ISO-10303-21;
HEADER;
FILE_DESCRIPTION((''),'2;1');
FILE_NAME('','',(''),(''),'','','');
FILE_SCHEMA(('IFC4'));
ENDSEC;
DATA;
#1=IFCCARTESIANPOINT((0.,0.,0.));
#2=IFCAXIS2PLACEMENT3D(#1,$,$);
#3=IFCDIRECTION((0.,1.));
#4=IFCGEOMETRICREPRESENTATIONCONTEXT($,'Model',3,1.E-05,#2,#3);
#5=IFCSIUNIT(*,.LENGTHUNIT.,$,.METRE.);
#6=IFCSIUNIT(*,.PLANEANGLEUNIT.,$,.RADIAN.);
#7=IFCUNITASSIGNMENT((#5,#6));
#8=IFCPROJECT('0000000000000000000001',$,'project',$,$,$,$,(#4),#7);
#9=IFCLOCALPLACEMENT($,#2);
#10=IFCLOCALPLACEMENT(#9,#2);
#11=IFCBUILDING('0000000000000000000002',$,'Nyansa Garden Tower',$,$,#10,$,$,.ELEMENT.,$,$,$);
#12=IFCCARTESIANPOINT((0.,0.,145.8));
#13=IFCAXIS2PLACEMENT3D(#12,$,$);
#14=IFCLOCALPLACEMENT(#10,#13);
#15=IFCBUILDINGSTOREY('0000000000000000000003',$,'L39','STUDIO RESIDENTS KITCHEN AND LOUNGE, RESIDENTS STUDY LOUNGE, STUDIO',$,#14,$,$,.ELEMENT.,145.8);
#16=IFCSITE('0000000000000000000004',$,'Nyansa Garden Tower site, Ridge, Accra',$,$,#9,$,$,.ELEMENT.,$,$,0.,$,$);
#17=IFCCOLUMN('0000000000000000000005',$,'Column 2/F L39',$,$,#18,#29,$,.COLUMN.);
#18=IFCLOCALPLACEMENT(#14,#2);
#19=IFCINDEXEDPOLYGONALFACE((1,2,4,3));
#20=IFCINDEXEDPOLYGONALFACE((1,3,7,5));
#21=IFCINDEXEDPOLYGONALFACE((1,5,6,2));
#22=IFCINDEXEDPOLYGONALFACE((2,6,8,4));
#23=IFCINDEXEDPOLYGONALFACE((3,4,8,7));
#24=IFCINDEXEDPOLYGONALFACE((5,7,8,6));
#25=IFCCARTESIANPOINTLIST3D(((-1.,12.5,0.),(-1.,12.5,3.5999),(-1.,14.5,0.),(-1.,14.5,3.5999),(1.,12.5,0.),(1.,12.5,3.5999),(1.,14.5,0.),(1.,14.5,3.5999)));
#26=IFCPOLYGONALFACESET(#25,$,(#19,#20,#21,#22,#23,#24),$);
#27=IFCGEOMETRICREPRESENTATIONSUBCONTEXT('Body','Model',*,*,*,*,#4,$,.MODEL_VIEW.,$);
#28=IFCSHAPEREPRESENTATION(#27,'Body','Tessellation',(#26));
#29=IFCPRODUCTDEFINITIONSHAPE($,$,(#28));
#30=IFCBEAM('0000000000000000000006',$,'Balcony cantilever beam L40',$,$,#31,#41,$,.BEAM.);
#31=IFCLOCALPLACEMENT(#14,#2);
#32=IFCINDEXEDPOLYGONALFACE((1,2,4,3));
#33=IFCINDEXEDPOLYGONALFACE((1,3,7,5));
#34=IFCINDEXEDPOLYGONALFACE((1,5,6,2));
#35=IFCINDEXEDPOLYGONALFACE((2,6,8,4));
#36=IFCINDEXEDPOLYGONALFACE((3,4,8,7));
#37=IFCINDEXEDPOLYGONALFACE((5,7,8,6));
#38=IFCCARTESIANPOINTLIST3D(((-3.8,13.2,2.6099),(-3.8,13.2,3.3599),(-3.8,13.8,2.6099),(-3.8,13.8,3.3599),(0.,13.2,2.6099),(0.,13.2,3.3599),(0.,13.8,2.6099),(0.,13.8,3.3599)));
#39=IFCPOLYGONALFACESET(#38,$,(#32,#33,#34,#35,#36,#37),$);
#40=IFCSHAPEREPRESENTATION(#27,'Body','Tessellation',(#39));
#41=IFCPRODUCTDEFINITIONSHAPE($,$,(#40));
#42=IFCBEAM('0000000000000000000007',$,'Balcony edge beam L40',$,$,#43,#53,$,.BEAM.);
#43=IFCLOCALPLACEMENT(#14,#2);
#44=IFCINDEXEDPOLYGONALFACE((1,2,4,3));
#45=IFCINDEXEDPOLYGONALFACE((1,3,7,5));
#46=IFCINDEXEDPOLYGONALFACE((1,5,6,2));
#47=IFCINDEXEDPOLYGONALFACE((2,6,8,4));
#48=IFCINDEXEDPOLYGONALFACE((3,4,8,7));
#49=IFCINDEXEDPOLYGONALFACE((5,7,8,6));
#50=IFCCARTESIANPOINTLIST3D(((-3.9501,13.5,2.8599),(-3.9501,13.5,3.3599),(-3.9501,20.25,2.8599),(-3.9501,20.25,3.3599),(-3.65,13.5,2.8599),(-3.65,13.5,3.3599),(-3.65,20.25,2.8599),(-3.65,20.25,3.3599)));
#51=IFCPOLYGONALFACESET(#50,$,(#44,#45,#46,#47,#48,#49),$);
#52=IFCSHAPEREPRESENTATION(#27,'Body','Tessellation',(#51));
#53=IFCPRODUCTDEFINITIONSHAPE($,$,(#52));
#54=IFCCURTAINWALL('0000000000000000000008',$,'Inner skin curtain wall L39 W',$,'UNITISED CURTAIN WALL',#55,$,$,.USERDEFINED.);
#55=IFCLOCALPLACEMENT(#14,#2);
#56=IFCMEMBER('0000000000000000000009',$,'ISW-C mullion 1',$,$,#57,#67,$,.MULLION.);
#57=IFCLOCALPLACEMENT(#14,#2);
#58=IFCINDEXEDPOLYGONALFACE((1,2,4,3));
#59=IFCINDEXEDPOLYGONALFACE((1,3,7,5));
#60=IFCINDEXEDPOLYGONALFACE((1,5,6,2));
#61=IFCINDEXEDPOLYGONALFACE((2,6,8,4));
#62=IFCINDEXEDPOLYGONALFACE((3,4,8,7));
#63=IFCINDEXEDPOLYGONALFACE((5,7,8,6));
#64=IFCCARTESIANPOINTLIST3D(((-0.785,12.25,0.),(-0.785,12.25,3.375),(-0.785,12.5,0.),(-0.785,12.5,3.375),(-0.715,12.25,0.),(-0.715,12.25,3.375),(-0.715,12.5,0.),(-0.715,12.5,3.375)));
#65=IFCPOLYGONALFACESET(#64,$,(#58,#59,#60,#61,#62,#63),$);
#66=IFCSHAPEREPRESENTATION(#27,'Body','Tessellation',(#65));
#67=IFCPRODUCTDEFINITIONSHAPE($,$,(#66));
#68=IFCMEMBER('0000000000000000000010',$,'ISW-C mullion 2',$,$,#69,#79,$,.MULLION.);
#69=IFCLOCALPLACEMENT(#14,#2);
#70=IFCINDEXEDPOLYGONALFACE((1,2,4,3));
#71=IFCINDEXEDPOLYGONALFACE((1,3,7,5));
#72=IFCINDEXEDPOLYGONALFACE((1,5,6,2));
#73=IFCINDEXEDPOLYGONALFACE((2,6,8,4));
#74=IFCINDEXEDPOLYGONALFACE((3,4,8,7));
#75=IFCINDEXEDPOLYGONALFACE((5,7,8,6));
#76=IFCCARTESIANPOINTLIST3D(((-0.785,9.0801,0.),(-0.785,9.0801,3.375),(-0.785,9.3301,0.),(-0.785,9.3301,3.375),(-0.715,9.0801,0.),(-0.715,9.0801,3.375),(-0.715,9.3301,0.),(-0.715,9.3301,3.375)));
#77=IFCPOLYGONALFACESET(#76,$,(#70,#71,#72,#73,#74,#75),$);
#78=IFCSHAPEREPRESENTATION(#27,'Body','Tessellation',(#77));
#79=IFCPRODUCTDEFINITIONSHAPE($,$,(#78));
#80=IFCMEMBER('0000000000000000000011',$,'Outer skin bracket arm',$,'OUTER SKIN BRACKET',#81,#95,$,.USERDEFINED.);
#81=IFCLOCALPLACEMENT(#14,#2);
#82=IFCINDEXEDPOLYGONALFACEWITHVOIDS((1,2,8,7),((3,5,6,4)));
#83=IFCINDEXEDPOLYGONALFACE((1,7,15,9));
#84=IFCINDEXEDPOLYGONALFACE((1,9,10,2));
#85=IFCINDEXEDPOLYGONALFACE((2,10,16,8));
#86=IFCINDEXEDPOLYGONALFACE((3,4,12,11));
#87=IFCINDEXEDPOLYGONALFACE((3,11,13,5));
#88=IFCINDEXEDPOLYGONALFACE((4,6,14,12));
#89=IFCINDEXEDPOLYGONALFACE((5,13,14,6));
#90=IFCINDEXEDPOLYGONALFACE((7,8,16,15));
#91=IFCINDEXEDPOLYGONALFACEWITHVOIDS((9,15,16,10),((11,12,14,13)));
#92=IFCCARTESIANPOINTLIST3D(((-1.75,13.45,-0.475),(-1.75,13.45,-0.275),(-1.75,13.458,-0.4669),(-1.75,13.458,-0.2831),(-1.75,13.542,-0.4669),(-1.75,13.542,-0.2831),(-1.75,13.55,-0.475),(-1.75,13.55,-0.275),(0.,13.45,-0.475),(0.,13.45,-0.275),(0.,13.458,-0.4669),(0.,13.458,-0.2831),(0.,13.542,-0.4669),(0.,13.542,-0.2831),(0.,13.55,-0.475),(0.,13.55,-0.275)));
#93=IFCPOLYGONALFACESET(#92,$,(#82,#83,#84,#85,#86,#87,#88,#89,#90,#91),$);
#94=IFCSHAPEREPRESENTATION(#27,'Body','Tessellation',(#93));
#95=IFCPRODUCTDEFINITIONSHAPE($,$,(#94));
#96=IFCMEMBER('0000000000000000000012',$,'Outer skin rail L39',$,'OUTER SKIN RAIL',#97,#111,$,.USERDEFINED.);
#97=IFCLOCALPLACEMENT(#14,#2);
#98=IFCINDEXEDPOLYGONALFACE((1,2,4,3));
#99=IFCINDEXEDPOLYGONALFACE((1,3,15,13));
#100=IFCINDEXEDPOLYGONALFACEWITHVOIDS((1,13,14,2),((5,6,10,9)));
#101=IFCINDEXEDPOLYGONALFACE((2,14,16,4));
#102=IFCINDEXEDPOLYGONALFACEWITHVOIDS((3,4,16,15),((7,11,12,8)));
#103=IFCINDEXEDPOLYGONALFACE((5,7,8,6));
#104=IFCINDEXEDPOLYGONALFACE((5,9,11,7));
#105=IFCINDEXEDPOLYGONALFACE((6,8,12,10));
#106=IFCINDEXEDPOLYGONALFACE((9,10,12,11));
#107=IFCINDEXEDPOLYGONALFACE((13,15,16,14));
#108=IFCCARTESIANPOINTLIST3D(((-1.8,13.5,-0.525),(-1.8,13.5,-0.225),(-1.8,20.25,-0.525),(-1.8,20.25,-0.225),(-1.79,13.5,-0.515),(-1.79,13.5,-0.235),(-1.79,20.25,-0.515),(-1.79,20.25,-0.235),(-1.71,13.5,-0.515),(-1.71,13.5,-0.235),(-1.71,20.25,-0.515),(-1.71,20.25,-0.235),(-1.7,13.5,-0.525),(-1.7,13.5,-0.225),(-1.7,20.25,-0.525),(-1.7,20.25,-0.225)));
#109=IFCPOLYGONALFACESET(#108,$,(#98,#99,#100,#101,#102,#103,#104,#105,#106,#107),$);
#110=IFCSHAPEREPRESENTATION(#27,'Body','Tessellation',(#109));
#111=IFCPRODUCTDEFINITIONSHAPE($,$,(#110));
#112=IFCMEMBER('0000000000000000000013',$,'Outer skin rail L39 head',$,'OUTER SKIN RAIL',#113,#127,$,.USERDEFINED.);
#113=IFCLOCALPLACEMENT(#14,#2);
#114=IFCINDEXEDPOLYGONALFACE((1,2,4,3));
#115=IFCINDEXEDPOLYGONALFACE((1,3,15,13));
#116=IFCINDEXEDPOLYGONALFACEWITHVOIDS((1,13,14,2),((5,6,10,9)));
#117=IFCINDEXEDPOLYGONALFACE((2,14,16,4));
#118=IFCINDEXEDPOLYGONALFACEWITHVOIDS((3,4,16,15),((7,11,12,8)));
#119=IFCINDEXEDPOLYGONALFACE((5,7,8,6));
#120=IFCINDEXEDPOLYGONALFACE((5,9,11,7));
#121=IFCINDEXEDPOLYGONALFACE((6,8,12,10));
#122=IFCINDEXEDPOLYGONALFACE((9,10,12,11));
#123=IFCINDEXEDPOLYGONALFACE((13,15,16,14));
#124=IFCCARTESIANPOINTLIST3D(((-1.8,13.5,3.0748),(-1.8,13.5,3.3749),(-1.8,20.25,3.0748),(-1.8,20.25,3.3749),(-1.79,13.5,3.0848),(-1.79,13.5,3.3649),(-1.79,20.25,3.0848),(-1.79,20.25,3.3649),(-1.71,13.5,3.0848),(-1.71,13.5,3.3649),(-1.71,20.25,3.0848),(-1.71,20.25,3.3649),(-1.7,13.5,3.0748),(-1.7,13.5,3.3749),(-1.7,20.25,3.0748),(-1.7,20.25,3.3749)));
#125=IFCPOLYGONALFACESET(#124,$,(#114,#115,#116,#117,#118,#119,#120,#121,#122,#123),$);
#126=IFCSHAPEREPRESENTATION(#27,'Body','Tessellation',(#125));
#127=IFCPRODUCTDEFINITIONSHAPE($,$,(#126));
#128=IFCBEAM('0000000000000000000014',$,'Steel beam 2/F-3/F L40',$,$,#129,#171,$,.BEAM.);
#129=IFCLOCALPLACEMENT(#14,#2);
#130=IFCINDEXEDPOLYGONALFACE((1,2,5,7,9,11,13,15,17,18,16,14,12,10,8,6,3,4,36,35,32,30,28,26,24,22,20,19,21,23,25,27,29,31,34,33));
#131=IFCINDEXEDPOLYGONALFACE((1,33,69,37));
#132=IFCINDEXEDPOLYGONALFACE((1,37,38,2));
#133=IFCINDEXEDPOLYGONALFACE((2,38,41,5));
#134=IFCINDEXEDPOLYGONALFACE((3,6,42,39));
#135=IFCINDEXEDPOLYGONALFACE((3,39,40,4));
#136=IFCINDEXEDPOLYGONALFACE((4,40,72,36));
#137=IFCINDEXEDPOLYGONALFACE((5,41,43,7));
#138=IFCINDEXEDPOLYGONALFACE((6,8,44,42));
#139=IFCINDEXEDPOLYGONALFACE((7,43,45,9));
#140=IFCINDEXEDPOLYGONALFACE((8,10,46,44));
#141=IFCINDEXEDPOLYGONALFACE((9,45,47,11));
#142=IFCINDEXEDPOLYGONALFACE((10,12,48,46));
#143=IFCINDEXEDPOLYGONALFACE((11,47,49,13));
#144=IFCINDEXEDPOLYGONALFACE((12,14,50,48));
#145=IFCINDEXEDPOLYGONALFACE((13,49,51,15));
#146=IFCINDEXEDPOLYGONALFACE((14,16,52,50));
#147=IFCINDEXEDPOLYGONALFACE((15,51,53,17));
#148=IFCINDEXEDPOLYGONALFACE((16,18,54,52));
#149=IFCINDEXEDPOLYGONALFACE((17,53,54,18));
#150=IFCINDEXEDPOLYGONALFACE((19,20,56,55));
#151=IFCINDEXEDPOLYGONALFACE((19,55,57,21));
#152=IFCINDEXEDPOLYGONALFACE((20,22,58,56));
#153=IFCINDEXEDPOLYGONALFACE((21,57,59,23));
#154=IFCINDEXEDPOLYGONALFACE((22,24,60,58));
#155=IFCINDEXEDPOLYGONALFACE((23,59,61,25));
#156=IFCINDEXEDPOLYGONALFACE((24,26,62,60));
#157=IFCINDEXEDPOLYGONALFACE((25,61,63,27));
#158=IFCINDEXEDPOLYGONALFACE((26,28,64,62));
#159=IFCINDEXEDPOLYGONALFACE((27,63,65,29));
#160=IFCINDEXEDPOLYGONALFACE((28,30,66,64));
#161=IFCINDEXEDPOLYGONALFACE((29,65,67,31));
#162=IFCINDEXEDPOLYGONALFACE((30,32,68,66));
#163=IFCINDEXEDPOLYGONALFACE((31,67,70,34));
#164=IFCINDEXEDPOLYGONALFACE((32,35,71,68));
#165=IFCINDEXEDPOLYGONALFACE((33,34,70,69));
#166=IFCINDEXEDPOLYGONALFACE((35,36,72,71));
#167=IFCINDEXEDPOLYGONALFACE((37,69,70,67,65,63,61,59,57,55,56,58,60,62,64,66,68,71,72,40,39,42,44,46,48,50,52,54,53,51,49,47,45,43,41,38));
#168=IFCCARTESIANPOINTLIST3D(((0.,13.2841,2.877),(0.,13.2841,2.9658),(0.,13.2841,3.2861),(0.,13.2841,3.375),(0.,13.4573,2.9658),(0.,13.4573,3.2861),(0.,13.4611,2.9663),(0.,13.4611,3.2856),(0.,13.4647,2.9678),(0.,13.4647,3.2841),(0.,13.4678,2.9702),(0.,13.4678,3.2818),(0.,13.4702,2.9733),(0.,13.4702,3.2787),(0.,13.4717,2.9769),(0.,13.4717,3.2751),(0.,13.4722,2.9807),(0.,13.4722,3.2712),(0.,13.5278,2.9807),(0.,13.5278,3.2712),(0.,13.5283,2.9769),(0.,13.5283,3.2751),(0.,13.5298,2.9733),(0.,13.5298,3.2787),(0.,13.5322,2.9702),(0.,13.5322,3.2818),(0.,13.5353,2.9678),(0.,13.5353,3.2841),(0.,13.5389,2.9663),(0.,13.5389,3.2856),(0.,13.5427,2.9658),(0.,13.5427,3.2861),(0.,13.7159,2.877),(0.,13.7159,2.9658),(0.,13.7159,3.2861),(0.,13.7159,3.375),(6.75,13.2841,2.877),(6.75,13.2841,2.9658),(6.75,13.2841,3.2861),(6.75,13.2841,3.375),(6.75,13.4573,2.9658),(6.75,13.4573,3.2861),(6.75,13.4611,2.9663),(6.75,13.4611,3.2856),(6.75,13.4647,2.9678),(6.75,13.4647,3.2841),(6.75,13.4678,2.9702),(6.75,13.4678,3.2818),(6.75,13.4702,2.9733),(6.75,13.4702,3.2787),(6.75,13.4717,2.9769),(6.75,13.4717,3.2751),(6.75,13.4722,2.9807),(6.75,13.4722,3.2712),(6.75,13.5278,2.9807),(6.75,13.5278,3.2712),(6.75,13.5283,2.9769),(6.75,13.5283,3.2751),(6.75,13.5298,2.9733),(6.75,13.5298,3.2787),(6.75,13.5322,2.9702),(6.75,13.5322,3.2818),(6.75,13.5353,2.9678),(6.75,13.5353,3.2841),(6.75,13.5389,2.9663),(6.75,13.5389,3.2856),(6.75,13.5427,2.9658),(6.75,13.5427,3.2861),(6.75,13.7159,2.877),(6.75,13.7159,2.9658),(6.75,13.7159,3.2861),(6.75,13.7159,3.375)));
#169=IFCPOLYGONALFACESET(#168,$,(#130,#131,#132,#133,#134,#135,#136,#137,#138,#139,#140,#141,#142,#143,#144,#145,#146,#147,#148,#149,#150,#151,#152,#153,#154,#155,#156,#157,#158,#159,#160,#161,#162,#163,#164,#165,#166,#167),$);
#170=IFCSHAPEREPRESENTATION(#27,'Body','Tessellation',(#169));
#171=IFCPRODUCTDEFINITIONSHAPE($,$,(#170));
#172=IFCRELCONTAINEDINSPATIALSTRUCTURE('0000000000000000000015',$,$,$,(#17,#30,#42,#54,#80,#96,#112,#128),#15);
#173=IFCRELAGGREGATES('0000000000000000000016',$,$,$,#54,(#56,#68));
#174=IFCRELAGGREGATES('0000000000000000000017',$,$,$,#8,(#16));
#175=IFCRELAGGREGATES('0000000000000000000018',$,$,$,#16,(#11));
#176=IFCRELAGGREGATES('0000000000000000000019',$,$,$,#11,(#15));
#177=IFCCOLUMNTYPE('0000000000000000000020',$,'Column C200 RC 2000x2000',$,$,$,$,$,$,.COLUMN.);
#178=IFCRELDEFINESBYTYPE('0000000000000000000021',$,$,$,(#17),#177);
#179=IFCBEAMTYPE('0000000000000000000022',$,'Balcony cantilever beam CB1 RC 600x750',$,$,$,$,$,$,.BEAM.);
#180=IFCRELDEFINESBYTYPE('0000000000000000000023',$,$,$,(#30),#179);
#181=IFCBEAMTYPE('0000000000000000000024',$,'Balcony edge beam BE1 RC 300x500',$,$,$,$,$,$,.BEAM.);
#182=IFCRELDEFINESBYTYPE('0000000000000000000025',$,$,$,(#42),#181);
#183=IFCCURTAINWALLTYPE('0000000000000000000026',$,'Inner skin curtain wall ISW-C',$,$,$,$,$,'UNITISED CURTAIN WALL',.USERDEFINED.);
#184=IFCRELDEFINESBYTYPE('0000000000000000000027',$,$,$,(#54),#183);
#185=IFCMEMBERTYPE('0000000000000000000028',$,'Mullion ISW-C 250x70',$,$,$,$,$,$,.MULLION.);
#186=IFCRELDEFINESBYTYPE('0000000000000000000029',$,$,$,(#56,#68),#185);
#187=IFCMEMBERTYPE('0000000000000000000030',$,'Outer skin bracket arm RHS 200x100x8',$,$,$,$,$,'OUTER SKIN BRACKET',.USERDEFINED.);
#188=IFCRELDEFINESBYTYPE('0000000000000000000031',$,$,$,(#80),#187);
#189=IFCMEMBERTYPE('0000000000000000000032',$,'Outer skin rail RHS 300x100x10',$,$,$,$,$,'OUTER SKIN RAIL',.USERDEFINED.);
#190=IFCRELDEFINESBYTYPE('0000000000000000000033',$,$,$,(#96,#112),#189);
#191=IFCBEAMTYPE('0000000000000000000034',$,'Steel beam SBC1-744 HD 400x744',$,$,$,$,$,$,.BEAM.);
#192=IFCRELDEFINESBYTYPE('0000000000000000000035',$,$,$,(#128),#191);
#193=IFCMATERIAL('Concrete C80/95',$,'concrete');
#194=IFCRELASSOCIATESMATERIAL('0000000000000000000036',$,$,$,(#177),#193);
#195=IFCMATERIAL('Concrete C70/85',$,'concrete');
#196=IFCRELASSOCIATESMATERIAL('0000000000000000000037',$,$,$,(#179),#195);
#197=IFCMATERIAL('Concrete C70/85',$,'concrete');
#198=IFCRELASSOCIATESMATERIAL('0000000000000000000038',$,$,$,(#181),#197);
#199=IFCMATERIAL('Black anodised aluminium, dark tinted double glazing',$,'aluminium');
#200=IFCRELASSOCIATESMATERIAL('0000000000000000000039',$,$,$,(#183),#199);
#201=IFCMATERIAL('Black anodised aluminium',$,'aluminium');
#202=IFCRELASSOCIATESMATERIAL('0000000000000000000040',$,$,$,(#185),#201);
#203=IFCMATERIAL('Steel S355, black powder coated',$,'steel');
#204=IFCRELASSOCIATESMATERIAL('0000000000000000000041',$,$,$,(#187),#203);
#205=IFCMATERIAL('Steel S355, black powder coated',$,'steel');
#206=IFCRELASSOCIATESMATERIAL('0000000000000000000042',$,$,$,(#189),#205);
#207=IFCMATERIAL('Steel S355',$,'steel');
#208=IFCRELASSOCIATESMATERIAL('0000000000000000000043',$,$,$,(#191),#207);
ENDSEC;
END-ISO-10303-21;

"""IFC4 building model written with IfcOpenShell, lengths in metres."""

from ifc_helpers import new_model, si_unit, direction, frame, origin, origin_2d, place, context, subcontext, project, spatial, rectangle, hollow_rectangle, i_section, extrude, material, material_profile, profile_set, type_object, element, aggregate, save


model = new_model("IFC4")

# Units and contexts
model_context = context("Model", 3, precision=1e-05, world=origin(), true_north=direction((0.0, 1.0)))
body_context = subcontext(model_context, "Body", "Model", "MODEL_VIEW")
ifc_project = project(units=[si_unit("LENGTHUNIT", "METRE"), si_unit("PLANEANGLEUNIT", "RADIAN")], contexts=[model_context])

# Site, building, storey
site_placement = place(None, origin())
site = spatial("IfcSite", under=ifc_project, at=site_placement, Name="Nyansa Garden Tower site, Ridge, Accra", CompositionType="ELEMENT", RefElevation=0.0)
building_placement = place(site_placement, origin())
building = spatial("IfcBuilding", under=site, at=building_placement, Name="Nyansa Garden Tower", CompositionType="ELEMENT")
storey_placement = place(building_placement, frame((0.0, 0.0, 145.8)))
storey = spatial("IfcBuildingStorey", under=building, at=storey_placement, Name="L39", Description="STUDIO RESIDENTS KITCHEN AND LOUNGE, RESIDENTS STUDY LOUNGE, STUDIO", CompositionType="ELEMENT", Elevation=145.8)

# Column
ifc_material_1 = material(Name="Concrete C80/95", Category="concrete")
ifc_material_profile_1 = material_profile(ifc_material_1, rectangle(XDim=2.0, YDim=2.0, at=origin_2d()), Name="RC 2000x2000")
ifc_profile_set_1 = profile_set([ifc_material_profile_1], Name="Concrete C80/95")
column_type = type_object("IfcColumnType", Name="Column C200 RC 2000x2000", PredefinedType="COLUMN", material=ifc_profile_set_1)
column_placement = place(storey_placement, frame((0.0, 13.5, 0.0), z_axis=(0.0, 0.0, 1.0), x_axis=(1.0, 0.0, 0.0)))
element("IfcColumn", 1, at=column_placement, inside=storey, type_object=column_type, Name="Column 2/F L39", PredefinedType="COLUMN", context=body_context, shape_type="SweptSolid", body=[
    extrude(rectangle(XDim=2.0, YDim=2.0, at=origin_2d()), origin(), (0.0, 0.0, 1.0), 3.5999),
])

# Beams
ifc_material_2 = material(Name="Concrete C70/85", Category="concrete")
ifc_material_profile_2 = material_profile(ifc_material_2, rectangle(XDim=0.6001, YDim=0.75, at=origin_2d()), Name="RC 600x750")
ifc_profile_set_2 = profile_set([ifc_material_profile_2], Name="Concrete C70/85")
beam_type_1 = type_object("IfcBeamType", Name="Balcony cantilever beam CB1 RC 600x750", PredefinedType="BEAM", material=ifc_profile_set_2)
beam_1_placement = place(storey_placement, frame((0.0, 13.5, 2.9849), z_axis=(-1.0, 0.0, 0.0), x_axis=(0.0, -1.0, 0.0)))
element("IfcBeam", 2, at=beam_1_placement, inside=storey, type_object=beam_type_1, Name="Balcony cantilever beam L40", PredefinedType="BEAM", context=body_context, shape_type="SweptSolid", body=[
    extrude(rectangle(XDim=0.6001, YDim=0.75, at=origin_2d()), origin(), (0.0, 0.0, 1.0), 3.8),
])
ifc_material_3 = material(Name="Concrete C70/85", Category="concrete")
ifc_material_profile_3 = material_profile(ifc_material_3, rectangle(XDim=0.3, YDim=0.5, at=origin_2d()), Name="RC 300x500")
ifc_profile_set_3 = profile_set([ifc_material_profile_3], Name="Concrete C70/85")
beam_type_2 = type_object("IfcBeamType", Name="Balcony edge beam BE1 RC 300x500", PredefinedType="BEAM", material=ifc_profile_set_3)
beam_2_placement = place(storey_placement, frame((-3.8, 13.5, 3.1099), z_axis=(0.0, 1.0, 0.0), x_axis=(-1.0, 0.0, 0.0)))
element("IfcBeam", 3, at=beam_2_placement, inside=storey, type_object=beam_type_2, Name="Balcony edge beam L40", PredefinedType="BEAM", context=body_context, shape_type="SweptSolid", body=[
    extrude(rectangle(XDim=0.3, YDim=0.5, at=origin_2d()), origin(), (0.0, 0.0, 1.0), 6.75),
])

# Curtain wall, members
ifc_material_4 = material(Name="Black anodised aluminium, dark tinted double glazing", Category="aluminium")
curtain_wall_type = type_object("IfcCurtainWallType", Name="Inner skin curtain wall ISW-C", ElementType="UNITISED CURTAIN WALL", PredefinedType="USERDEFINED", material=ifc_material_4)
curtain_wall_placement = place(storey_placement, origin())
curtain_wall = element("IfcCurtainWall", 4, at=curtain_wall_placement, inside=storey, type_object=curtain_wall_type, Name="Inner skin curtain wall L39 W", ObjectType="UNITISED CURTAIN WALL", PredefinedType="USERDEFINED")
ifc_material_5 = material(Name="Black anodised aluminium", Category="aluminium")
ifc_material_profile_4 = material_profile(ifc_material_5, rectangle(XDim=0.0701, YDim=0.25, at=origin_2d()), Name="Mullion 250x70")
ifc_profile_set_4 = profile_set([ifc_material_profile_4], Name="Black anodised aluminium")
member_type_1 = type_object("IfcMemberType", Name="Mullion ISW-C 250x70", PredefinedType="MULLION", material=ifc_profile_set_4)
member_1_placement = place(storey_placement, frame((-0.75, 12.375, 0.0), z_axis=(0.0, 0.0, 1.0), x_axis=(1.0, 0.0, 0.0)))
member_1 = element("IfcMember", 5, at=member_1_placement, type_object=member_type_1, Name="ISW-C mullion 1", PredefinedType="MULLION", context=body_context, shape_type="SweptSolid", body=[
    extrude(rectangle(XDim=0.0701, YDim=0.25, at=origin_2d()), origin(), (0.0, 0.0, 1.0), 3.375),
])
member_2_placement = place(storey_placement, frame((-0.75, 9.2051, 0.0), z_axis=(0.0, 0.0, 1.0), x_axis=(1.0, 0.0, 0.0)))
member_2 = element("IfcMember", 6, at=member_2_placement, type_object=member_type_1, Name="ISW-C mullion 2", PredefinedType="MULLION", context=body_context, shape_type="SweptSolid", body=[
    extrude(rectangle(XDim=0.0701, YDim=0.25, at=origin_2d()), origin(), (0.0, 0.0, 1.0), 3.375),
])

# Members
ifc_material_6 = material(Name="Steel S355, black powder coated", Category="steel")
ifc_material_profile_5 = material_profile(ifc_material_6, hollow_rectangle(XDim=0.1001, YDim=0.2, WallThickness=0.0081, at=origin_2d()), Name="RHS 200x100x8")
ifc_profile_set_5 = profile_set([ifc_material_profile_5], Name="Steel S355, black powder coated")
member_type_2 = type_object("IfcMemberType", Name="Outer skin bracket arm RHS 200x100x8", ElementType="OUTER SKIN BRACKET", PredefinedType="USERDEFINED", material=ifc_profile_set_5)
member_3_placement = place(storey_placement, frame((0.0, 13.5, -0.375), z_axis=(-1.0, 0.0, 0.0), x_axis=(0.0, -1.0, 0.0)))
element("IfcMember", 7, at=member_3_placement, inside=storey, type_object=member_type_2, Name="Outer skin bracket arm", ObjectType="OUTER SKIN BRACKET", PredefinedType="USERDEFINED", context=body_context, shape_type="SweptSolid", body=[
    extrude(hollow_rectangle(XDim=0.1001, YDim=0.2, WallThickness=0.0081, at=origin_2d()), origin(), (0.0, 0.0, 1.0), 1.75),
])
ifc_material_7 = material(Name="Steel S355, black powder coated", Category="steel")
ifc_material_profile_6 = material_profile(ifc_material_7, hollow_rectangle(XDim=0.1001, YDim=0.3, WallThickness=0.01, at=origin_2d()), Name="RHS 300x100x10")
ifc_profile_set_6 = profile_set([ifc_material_profile_6], Name="Steel S355, black powder coated")
member_type_3 = type_object("IfcMemberType", Name="Outer skin rail RHS 300x100x10", ElementType="OUTER SKIN RAIL", PredefinedType="USERDEFINED", material=ifc_profile_set_6)
for number, where, z_axis, x_axis, name in (
    (8, (-1.75, 13.5, -0.375), (0.0, 1.0, 0.0), (-1.0, 0.0, 0.0), "Outer skin rail L39"),
    (9, (-1.75, 13.5, 3.2249), (0.0, 1.0, 0.0), (-1.0, 0.0, 0.0), "Outer skin rail L39 head"),
):
    element("IfcMember", number, at=place(storey_placement, frame(where, z_axis=z_axis, x_axis=x_axis)), inside=storey, type_object=member_type_3, Name=name, ObjectType="OUTER SKIN RAIL", PredefinedType="USERDEFINED", context=body_context, shape_type="SweptSolid", body=[
        extrude(hollow_rectangle(XDim=0.1001, YDim=0.3, WallThickness=0.01, at=origin_2d()), origin(), (0.0, 0.0, 1.0), 6.75),
    ])

# Beam
ifc_material_8 = material(Name="Steel S355", Category="steel")
ifc_material_profile_7 = material_profile(ifc_material_8, i_section(OverallWidth=0.4319, OverallDepth=0.498, WebThickness=0.0557, FlangeThickness=0.0889, FilletRadius=0.0149, at=origin_2d()), Name="HD 400x744")
ifc_profile_set_7 = profile_set([ifc_material_profile_7], Name="Steel S355")
beam_type_3 = type_object("IfcBeamType", Name="Steel beam SBC1-744 HD 400x744", PredefinedType="BEAM", material=ifc_profile_set_7)
beam_3_placement = place(storey_placement, frame((0.0, 13.5, 3.126), z_axis=(1.0, 0.0, 0.0), x_axis=(0.0, 1.0, 0.0)))
element("IfcBeam", 10, at=beam_3_placement, inside=storey, type_object=beam_type_3, Name="Steel beam 2/F-3/F L40", PredefinedType="BEAM", context=body_context, shape_type="SweptSolid", body=[
    extrude(i_section(OverallWidth=0.4319, OverallDepth=0.498, WebThickness=0.0557, FlangeThickness=0.0889, FilletRadius=0.0149, at=origin_2d()), origin(), (0.0, 0.0, 1.0), 6.75),
])

aggregate(curtain_wall, [member_1, member_2])

save(model, "model.ifc")
